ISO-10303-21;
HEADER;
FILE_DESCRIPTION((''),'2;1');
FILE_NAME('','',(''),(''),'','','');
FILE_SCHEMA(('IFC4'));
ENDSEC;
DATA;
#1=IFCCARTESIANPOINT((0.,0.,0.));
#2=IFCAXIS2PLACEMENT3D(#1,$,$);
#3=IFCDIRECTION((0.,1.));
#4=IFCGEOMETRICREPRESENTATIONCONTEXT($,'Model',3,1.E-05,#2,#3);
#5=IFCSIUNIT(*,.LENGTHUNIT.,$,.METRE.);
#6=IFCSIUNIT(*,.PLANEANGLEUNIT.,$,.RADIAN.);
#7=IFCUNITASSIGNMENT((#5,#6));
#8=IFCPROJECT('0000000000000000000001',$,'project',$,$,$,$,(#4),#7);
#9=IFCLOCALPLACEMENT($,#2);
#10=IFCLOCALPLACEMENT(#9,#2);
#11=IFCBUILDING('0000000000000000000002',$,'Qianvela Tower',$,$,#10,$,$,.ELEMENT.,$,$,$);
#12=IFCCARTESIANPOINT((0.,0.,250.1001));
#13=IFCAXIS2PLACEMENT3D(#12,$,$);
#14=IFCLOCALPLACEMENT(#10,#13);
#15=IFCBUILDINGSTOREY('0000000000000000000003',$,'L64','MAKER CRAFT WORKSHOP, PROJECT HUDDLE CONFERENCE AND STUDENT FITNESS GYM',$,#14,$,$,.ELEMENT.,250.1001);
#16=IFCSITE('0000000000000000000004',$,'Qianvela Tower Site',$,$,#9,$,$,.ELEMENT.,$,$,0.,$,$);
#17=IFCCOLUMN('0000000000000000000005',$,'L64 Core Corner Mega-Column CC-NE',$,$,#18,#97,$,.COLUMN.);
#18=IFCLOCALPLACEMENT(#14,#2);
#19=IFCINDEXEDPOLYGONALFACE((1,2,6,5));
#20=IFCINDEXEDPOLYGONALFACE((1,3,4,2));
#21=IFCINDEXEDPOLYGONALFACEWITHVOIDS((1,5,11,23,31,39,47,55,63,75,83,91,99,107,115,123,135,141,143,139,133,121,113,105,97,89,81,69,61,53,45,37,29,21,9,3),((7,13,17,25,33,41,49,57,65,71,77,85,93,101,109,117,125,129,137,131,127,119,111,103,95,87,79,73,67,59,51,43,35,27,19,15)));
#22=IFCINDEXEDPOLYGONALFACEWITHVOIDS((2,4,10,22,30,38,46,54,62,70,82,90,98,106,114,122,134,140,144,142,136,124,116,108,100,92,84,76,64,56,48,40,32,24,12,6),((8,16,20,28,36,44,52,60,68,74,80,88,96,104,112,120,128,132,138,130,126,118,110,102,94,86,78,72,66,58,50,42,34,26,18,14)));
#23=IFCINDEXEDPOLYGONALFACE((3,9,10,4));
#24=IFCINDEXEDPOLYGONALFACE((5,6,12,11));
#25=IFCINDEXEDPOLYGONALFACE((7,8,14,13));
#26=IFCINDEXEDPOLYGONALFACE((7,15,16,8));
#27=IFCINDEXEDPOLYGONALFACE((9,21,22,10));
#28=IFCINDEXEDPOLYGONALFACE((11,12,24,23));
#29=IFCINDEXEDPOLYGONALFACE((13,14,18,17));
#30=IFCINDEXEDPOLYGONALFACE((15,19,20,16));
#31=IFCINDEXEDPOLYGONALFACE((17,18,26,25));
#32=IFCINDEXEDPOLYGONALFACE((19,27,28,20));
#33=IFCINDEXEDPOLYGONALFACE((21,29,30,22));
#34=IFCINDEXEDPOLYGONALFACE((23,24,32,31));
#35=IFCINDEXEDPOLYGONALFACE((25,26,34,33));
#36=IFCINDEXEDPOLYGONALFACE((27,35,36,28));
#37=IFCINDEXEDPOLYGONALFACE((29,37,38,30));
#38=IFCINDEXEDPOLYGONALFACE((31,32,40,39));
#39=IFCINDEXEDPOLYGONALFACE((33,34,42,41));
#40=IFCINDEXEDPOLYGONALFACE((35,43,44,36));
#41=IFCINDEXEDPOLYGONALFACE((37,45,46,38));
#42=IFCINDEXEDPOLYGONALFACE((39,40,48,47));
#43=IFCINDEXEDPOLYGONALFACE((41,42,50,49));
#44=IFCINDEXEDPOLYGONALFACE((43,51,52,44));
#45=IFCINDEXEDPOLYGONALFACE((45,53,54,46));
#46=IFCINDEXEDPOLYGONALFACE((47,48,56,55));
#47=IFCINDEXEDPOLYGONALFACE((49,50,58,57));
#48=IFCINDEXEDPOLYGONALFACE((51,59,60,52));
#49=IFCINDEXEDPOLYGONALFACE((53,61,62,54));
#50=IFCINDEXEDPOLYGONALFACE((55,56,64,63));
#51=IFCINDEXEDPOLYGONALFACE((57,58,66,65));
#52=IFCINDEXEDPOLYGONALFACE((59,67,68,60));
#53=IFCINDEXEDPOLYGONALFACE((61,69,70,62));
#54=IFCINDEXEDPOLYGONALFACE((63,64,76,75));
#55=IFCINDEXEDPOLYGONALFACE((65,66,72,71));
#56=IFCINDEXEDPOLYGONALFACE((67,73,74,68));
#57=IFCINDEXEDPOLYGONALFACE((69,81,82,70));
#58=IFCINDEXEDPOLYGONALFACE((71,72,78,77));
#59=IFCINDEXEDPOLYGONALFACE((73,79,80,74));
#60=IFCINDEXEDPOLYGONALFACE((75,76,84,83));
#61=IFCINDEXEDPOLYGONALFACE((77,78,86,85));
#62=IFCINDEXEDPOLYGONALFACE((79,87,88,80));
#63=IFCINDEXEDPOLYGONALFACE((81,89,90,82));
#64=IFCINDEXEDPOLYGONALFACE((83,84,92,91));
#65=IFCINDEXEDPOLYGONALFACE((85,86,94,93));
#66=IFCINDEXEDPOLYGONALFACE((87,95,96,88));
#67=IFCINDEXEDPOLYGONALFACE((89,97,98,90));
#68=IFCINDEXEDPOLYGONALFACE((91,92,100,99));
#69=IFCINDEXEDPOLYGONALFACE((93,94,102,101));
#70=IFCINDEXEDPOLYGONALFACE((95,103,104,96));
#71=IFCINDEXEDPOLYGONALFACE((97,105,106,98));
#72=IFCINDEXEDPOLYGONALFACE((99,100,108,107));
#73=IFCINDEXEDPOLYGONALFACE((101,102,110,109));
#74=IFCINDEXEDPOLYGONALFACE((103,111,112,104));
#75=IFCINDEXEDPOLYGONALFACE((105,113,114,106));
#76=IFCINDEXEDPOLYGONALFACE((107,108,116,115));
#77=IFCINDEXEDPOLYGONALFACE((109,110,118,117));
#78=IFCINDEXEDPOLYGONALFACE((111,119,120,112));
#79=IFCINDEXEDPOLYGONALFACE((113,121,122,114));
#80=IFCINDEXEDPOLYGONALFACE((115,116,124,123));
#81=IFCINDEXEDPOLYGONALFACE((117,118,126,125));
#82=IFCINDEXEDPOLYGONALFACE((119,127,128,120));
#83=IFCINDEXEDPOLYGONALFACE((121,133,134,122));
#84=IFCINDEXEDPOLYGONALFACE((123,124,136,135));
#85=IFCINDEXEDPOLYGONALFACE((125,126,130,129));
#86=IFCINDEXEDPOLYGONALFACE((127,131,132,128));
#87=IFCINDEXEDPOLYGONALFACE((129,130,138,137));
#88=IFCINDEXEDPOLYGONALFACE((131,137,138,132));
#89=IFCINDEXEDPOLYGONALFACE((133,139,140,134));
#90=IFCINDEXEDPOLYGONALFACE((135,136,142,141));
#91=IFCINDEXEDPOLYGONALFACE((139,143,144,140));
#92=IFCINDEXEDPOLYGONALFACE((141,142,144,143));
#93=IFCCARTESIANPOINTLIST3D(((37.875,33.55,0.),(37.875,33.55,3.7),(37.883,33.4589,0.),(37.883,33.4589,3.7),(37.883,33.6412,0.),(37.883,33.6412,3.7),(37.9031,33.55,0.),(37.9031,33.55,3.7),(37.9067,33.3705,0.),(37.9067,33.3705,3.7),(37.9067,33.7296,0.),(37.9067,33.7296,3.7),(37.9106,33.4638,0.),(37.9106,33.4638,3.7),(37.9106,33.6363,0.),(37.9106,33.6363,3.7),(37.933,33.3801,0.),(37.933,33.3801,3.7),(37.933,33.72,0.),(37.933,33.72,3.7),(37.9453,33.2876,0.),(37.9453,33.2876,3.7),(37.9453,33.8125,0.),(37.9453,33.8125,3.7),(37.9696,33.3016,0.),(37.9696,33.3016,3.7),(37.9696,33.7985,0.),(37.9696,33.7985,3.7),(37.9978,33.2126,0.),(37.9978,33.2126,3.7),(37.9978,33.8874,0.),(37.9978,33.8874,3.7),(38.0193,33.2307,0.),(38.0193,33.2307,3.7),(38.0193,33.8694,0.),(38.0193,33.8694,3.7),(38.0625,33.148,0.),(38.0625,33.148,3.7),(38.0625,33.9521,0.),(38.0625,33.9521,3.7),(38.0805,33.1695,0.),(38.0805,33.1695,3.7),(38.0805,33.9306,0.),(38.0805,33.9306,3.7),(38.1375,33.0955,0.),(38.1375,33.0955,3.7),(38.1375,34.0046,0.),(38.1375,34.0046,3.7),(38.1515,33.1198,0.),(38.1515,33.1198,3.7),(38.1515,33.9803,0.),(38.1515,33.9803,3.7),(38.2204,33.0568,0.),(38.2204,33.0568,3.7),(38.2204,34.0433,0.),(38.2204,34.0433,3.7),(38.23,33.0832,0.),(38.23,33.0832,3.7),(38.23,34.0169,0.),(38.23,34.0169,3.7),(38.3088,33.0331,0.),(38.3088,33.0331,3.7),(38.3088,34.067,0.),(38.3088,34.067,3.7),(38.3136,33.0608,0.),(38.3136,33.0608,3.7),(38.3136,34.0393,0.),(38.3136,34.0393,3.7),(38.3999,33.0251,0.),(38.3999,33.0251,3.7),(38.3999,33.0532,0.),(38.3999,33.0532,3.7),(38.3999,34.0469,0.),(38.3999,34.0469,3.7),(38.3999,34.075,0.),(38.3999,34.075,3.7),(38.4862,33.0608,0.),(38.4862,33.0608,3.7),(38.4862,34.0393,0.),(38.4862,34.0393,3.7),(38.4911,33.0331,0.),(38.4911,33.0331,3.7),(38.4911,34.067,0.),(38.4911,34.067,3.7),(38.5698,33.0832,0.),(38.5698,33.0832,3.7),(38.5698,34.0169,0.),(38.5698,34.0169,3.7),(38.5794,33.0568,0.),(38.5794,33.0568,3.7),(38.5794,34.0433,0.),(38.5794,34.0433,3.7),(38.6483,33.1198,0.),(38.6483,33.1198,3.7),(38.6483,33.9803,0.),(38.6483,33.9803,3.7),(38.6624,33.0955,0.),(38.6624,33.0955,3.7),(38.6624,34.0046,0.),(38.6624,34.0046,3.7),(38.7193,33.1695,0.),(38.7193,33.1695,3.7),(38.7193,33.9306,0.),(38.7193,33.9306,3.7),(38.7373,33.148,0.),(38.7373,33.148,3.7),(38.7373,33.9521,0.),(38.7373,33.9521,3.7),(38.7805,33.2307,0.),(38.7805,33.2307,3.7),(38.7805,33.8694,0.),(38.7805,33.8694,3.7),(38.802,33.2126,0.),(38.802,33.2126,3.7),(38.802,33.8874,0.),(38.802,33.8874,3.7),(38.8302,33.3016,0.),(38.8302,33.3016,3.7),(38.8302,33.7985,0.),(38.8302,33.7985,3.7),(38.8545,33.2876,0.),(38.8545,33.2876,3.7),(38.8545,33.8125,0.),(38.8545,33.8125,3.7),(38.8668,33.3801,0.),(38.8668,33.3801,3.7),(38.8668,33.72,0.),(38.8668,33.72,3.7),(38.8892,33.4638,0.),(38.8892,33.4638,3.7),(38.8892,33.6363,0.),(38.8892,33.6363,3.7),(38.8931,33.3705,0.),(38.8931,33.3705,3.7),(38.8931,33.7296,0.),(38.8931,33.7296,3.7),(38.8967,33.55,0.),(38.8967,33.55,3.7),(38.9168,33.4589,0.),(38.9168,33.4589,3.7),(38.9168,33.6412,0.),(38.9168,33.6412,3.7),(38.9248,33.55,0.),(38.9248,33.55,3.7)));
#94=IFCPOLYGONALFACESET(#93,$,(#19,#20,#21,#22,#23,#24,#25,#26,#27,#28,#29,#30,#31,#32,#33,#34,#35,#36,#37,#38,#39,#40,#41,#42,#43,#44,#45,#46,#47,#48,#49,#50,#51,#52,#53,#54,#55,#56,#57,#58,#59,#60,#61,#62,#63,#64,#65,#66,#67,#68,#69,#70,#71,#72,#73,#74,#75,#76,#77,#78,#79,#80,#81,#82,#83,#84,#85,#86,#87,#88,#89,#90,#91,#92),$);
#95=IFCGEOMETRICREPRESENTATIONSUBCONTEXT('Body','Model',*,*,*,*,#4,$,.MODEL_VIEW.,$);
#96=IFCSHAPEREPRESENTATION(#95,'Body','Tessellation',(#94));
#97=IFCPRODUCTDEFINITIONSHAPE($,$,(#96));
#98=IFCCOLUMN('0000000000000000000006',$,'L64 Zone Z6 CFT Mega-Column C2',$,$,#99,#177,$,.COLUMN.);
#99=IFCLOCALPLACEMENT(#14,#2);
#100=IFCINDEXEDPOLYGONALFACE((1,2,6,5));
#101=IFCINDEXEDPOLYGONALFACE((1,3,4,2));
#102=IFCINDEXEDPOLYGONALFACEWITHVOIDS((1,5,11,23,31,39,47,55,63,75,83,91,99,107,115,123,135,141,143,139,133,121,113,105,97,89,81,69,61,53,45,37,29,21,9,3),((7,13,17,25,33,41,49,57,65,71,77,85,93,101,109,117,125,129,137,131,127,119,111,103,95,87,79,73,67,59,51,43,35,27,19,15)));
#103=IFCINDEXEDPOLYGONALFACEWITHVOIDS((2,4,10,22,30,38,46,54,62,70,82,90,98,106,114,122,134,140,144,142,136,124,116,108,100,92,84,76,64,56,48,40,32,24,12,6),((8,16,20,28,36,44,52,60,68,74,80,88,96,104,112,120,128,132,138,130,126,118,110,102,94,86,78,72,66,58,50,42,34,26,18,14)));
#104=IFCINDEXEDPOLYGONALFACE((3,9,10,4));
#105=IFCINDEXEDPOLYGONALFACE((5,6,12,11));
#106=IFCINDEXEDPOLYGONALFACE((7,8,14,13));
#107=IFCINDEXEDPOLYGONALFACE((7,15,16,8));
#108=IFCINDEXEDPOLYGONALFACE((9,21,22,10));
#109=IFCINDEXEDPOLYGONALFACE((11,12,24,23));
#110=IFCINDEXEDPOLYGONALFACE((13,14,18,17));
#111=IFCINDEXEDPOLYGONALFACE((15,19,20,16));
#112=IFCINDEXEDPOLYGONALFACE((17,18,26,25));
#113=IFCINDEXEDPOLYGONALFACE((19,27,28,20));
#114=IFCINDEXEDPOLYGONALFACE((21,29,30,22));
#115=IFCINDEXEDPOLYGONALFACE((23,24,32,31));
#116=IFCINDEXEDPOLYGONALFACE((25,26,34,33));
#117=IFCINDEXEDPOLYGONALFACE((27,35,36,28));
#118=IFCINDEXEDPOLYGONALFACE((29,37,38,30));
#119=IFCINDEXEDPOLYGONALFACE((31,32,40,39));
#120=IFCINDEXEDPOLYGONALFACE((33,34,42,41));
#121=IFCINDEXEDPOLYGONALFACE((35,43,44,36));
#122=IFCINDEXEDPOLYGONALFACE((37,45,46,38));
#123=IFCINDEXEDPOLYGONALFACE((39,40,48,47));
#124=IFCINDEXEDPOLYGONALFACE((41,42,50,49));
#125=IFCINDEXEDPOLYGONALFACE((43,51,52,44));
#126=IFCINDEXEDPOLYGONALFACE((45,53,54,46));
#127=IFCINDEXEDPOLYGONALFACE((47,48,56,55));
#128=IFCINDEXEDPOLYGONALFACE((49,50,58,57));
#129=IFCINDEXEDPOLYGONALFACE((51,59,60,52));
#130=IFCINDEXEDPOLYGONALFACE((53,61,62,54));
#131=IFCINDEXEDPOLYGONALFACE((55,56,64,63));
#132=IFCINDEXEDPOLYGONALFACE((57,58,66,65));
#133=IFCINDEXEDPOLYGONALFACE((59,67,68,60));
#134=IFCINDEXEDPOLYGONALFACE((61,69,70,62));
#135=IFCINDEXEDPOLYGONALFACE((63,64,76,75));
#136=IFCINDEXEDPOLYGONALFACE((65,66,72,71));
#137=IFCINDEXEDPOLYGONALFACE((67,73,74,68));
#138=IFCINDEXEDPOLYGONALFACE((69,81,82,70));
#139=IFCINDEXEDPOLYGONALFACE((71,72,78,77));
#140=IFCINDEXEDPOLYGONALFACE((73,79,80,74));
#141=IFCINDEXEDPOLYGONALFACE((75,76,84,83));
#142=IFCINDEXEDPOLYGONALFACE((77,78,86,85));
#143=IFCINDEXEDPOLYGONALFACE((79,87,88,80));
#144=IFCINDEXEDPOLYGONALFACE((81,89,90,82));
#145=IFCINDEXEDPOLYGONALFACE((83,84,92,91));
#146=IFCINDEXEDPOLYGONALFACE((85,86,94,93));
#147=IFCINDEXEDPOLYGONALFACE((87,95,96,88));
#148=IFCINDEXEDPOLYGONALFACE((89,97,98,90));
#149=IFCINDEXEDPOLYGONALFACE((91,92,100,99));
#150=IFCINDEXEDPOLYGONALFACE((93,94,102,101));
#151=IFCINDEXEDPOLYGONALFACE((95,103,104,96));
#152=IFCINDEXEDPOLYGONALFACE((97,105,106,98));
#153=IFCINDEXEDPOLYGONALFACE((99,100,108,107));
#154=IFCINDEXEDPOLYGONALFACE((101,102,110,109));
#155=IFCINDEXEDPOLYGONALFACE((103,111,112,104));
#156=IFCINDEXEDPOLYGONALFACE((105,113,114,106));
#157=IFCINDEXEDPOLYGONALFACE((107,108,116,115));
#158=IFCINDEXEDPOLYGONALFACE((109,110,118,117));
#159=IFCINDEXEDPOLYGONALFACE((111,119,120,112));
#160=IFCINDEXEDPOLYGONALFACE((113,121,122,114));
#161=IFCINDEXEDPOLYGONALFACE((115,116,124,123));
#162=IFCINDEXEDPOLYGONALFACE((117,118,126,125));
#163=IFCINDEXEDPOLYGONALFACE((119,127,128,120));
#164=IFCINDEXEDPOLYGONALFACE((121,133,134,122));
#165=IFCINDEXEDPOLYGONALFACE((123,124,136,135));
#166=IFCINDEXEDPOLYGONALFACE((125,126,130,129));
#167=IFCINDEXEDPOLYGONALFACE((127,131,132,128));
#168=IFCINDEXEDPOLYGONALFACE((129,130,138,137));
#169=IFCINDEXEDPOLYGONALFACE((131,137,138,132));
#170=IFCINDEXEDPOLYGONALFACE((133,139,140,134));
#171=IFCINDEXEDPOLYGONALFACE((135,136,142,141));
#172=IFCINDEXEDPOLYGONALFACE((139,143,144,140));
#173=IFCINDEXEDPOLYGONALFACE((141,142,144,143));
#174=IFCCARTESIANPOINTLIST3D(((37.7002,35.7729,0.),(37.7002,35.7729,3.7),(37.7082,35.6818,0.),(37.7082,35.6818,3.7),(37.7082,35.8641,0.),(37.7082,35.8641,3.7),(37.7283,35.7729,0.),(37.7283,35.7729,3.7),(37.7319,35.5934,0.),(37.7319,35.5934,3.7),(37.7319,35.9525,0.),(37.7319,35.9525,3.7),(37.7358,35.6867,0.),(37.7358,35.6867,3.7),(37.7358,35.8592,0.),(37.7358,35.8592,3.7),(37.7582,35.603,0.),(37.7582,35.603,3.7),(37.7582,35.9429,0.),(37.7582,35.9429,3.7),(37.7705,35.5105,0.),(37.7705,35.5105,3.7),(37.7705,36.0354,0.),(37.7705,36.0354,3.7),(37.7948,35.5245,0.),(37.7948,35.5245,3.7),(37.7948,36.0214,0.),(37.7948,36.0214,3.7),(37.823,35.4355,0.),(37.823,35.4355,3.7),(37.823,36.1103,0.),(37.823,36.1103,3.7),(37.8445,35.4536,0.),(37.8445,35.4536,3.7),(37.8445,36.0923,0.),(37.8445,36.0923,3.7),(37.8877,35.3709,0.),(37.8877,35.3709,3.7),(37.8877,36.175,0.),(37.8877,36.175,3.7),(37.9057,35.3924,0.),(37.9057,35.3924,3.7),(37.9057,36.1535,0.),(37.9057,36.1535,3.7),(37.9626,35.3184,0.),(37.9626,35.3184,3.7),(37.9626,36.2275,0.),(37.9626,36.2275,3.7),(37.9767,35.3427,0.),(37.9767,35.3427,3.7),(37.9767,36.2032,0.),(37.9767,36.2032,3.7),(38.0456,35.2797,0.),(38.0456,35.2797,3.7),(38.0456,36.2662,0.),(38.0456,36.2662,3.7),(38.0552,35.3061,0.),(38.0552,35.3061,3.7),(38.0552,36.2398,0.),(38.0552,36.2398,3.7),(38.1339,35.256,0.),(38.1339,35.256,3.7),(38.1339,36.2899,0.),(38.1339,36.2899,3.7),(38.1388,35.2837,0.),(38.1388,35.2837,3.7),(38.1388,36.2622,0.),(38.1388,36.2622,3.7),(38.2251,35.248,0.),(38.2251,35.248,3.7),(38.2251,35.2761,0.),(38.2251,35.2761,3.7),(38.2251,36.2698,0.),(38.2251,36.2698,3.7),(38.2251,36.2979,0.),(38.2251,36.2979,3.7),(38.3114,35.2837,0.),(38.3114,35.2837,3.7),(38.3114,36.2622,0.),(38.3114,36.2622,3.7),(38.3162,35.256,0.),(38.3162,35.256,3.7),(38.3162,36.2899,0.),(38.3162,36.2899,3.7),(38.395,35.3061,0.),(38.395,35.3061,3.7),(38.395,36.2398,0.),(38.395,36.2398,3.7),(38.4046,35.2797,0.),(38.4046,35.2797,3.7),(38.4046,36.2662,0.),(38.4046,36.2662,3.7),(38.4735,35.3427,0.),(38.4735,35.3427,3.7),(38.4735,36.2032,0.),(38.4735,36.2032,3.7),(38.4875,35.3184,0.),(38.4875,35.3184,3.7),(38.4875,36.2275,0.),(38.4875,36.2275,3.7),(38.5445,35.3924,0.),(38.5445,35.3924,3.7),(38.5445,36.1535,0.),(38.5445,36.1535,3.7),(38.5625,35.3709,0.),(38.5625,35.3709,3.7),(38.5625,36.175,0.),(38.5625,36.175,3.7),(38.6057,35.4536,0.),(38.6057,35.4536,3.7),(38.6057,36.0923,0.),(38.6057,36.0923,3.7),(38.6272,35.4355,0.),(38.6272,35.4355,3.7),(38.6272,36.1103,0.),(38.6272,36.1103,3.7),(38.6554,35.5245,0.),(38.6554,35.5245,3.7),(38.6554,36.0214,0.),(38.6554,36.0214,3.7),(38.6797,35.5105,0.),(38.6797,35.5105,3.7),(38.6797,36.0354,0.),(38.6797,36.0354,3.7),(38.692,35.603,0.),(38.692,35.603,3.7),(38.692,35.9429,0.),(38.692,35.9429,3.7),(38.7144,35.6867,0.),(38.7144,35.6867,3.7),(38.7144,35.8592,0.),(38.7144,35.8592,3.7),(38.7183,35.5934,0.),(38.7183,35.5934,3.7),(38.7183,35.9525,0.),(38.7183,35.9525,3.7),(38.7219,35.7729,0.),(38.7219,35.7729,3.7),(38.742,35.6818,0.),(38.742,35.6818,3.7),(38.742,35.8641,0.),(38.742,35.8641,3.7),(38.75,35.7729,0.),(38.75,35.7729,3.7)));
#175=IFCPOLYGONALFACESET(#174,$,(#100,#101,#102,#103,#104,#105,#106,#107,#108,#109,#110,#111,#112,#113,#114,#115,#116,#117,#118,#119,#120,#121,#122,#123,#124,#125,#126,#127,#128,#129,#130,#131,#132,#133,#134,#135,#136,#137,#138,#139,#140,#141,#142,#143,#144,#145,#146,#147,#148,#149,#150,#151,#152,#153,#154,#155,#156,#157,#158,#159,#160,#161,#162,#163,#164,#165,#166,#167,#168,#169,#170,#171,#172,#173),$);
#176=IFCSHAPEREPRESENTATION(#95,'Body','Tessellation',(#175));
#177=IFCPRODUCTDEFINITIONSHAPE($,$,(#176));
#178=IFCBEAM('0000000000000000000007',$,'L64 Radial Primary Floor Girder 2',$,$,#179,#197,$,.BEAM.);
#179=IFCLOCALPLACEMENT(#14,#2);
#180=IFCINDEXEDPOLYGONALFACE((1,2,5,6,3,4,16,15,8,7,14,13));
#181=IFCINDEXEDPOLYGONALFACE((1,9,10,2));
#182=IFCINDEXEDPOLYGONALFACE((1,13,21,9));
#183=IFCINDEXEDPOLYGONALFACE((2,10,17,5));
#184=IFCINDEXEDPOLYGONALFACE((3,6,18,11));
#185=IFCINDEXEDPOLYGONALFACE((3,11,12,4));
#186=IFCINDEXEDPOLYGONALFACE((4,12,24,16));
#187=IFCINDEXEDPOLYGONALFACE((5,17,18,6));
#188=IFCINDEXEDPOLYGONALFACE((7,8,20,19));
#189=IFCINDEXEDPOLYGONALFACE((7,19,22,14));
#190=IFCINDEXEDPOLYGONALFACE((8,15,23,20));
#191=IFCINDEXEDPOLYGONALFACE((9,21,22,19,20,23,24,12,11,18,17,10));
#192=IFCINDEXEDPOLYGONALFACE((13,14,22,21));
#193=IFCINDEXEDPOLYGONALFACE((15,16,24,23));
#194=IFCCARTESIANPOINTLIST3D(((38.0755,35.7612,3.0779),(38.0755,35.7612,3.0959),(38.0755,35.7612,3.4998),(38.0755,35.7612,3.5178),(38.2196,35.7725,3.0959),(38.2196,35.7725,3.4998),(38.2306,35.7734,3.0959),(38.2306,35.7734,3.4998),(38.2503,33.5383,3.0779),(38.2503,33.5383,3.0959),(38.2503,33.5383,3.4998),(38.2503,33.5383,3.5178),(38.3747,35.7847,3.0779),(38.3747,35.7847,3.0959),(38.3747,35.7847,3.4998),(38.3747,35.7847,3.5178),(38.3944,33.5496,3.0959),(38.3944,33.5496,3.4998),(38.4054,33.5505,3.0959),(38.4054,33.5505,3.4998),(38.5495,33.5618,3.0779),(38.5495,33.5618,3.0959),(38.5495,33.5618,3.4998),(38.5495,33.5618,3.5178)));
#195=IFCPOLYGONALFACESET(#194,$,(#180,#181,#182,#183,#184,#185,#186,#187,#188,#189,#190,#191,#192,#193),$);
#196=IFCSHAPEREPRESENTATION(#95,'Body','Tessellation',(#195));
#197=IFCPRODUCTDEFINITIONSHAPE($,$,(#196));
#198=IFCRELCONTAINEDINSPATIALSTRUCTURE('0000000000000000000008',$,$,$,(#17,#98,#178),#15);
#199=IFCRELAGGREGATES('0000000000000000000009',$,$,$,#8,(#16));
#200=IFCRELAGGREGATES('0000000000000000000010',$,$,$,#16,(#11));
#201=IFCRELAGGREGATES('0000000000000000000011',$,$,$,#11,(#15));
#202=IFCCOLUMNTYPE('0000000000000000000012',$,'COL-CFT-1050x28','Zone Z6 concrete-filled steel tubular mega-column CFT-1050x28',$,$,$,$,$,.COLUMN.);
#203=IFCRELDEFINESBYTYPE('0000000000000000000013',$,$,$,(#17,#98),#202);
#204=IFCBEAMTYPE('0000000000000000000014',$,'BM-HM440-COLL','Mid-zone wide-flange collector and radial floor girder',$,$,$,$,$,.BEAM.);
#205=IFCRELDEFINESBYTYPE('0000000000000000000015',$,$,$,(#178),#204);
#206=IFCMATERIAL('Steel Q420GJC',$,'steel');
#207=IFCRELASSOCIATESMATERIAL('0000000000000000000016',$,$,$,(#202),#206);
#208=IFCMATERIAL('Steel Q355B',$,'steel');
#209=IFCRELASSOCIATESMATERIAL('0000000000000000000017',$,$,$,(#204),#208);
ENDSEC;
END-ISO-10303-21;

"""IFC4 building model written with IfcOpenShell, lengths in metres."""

from ifc_helpers import new_model, si_unit, direction, frame, origin, origin_2d, place, context, subcontext, project, spatial, hollow_circle, i_section, extrude, material, material_profile, profile_set, type_object, element, save


model = new_model("IFC4")

# Units and contexts
model_context = context("Model", 3, precision=1e-05, world=origin(), true_north=direction((0.0, 1.0)))
body_context = subcontext(model_context, "Body", "Model", "MODEL_VIEW")
ifc_project = project(units=[si_unit("LENGTHUNIT", "METRE"), si_unit("PLANEANGLEUNIT", "RADIAN")], contexts=[model_context])

# Site, building, storey
site_placement = place(None, origin())
site = spatial("IfcSite", under=ifc_project, at=site_placement, Name="Qianvela Tower Site", CompositionType="ELEMENT", RefElevation=0.0)
building_placement = place(site_placement, origin())
building = spatial("IfcBuilding", under=site, at=building_placement, Name="Qianvela Tower", CompositionType="ELEMENT")
storey_placement = place(building_placement, frame((0.0, 0.0, 250.1001)))
storey = spatial("IfcBuildingStorey", under=building, at=storey_placement, Name="L64", Description="MAKER CRAFT WORKSHOP, PROJECT HUDDLE CONFERENCE AND STUDENT FITNESS GYM", CompositionType="ELEMENT", Elevation=250.1001)

# Columns
ifc_material_1 = material(Name="Steel Q420GJC", Category="steel")
ifc_material_profile_1 = material_profile(ifc_material_1, hollow_circle(Radius=0.5249, WallThickness=0.0281, at=origin_2d()), Name="CFT-1050x28")
ifc_profile_set_1 = profile_set([ifc_material_profile_1], Name="Steel Q420GJC")
column_type = type_object("IfcColumnType", Name="COL-CFT-1050x28", Description="Zone Z6 concrete-filled steel tubular mega-column CFT-1050x28", PredefinedType="COLUMN", material=ifc_profile_set_1)
for number, where, z_axis, x_axis, name in (
    (1, (38.3999, 33.55, 0.0), (0.0, 0.0, 1.0), (1.0, 0.0, 0.0), "L64 Core Corner Mega-Column CC-NE"),
    (2, (38.2251, 35.7729, 0.0), (0.0, 0.0, 1.0), (1.0, 0.0, 0.0), "L64 Zone Z6 CFT Mega-Column C2"),
):
    element("IfcColumn", number, at=place(storey_placement, frame(where, z_axis=z_axis, x_axis=x_axis)), inside=storey, type_object=column_type, Name=name, PredefinedType="COLUMN", context=body_context, shape_type="SweptSolid", body=[
        extrude(hollow_circle(Radius=0.5249, WallThickness=0.0281, at=origin_2d()), origin(), (0.0, 0.0, 1.0), 3.7),
    ])

# Beam
ifc_material_2 = material(Name="Steel Q355B", Category="steel")
ifc_material_profile_2 = material_profile(ifc_material_2, i_section(OverallWidth=0.3, OverallDepth=0.4399, WebThickness=0.011, FlangeThickness=0.0181, at=origin_2d()), Name="HM440x300x11x18")
ifc_profile_set_2 = profile_set([ifc_material_profile_2], Name="Steel Q355B")
beam_type_1 = type_object("IfcBeamType", Name="BM-HM440-COLL", Description="Mid-zone wide-flange collector and radial floor girder", PredefinedType="BEAM", material=ifc_profile_set_2)
beam_1_placement = place(storey_placement, frame((38.3999, 33.55, 3.2979), z_axis=(-0.078396, 0.996922, 0.0), x_axis=(-0.996922, -0.078396, 0.0)))
element("IfcBeam", 3, at=beam_1_placement, inside=storey, type_object=beam_type_1, Name="L64 Radial Primary Floor Girder 2", PredefinedType="BEAM", context=body_context, shape_type="SweptSolid", body=[
    extrude(i_section(OverallWidth=0.3, OverallDepth=0.4399, WebThickness=0.011, FlangeThickness=0.0181, at=origin_2d()), origin(), (0.0, 0.0, 1.0), 2.2297),
])

save(model, "model.ifc")
